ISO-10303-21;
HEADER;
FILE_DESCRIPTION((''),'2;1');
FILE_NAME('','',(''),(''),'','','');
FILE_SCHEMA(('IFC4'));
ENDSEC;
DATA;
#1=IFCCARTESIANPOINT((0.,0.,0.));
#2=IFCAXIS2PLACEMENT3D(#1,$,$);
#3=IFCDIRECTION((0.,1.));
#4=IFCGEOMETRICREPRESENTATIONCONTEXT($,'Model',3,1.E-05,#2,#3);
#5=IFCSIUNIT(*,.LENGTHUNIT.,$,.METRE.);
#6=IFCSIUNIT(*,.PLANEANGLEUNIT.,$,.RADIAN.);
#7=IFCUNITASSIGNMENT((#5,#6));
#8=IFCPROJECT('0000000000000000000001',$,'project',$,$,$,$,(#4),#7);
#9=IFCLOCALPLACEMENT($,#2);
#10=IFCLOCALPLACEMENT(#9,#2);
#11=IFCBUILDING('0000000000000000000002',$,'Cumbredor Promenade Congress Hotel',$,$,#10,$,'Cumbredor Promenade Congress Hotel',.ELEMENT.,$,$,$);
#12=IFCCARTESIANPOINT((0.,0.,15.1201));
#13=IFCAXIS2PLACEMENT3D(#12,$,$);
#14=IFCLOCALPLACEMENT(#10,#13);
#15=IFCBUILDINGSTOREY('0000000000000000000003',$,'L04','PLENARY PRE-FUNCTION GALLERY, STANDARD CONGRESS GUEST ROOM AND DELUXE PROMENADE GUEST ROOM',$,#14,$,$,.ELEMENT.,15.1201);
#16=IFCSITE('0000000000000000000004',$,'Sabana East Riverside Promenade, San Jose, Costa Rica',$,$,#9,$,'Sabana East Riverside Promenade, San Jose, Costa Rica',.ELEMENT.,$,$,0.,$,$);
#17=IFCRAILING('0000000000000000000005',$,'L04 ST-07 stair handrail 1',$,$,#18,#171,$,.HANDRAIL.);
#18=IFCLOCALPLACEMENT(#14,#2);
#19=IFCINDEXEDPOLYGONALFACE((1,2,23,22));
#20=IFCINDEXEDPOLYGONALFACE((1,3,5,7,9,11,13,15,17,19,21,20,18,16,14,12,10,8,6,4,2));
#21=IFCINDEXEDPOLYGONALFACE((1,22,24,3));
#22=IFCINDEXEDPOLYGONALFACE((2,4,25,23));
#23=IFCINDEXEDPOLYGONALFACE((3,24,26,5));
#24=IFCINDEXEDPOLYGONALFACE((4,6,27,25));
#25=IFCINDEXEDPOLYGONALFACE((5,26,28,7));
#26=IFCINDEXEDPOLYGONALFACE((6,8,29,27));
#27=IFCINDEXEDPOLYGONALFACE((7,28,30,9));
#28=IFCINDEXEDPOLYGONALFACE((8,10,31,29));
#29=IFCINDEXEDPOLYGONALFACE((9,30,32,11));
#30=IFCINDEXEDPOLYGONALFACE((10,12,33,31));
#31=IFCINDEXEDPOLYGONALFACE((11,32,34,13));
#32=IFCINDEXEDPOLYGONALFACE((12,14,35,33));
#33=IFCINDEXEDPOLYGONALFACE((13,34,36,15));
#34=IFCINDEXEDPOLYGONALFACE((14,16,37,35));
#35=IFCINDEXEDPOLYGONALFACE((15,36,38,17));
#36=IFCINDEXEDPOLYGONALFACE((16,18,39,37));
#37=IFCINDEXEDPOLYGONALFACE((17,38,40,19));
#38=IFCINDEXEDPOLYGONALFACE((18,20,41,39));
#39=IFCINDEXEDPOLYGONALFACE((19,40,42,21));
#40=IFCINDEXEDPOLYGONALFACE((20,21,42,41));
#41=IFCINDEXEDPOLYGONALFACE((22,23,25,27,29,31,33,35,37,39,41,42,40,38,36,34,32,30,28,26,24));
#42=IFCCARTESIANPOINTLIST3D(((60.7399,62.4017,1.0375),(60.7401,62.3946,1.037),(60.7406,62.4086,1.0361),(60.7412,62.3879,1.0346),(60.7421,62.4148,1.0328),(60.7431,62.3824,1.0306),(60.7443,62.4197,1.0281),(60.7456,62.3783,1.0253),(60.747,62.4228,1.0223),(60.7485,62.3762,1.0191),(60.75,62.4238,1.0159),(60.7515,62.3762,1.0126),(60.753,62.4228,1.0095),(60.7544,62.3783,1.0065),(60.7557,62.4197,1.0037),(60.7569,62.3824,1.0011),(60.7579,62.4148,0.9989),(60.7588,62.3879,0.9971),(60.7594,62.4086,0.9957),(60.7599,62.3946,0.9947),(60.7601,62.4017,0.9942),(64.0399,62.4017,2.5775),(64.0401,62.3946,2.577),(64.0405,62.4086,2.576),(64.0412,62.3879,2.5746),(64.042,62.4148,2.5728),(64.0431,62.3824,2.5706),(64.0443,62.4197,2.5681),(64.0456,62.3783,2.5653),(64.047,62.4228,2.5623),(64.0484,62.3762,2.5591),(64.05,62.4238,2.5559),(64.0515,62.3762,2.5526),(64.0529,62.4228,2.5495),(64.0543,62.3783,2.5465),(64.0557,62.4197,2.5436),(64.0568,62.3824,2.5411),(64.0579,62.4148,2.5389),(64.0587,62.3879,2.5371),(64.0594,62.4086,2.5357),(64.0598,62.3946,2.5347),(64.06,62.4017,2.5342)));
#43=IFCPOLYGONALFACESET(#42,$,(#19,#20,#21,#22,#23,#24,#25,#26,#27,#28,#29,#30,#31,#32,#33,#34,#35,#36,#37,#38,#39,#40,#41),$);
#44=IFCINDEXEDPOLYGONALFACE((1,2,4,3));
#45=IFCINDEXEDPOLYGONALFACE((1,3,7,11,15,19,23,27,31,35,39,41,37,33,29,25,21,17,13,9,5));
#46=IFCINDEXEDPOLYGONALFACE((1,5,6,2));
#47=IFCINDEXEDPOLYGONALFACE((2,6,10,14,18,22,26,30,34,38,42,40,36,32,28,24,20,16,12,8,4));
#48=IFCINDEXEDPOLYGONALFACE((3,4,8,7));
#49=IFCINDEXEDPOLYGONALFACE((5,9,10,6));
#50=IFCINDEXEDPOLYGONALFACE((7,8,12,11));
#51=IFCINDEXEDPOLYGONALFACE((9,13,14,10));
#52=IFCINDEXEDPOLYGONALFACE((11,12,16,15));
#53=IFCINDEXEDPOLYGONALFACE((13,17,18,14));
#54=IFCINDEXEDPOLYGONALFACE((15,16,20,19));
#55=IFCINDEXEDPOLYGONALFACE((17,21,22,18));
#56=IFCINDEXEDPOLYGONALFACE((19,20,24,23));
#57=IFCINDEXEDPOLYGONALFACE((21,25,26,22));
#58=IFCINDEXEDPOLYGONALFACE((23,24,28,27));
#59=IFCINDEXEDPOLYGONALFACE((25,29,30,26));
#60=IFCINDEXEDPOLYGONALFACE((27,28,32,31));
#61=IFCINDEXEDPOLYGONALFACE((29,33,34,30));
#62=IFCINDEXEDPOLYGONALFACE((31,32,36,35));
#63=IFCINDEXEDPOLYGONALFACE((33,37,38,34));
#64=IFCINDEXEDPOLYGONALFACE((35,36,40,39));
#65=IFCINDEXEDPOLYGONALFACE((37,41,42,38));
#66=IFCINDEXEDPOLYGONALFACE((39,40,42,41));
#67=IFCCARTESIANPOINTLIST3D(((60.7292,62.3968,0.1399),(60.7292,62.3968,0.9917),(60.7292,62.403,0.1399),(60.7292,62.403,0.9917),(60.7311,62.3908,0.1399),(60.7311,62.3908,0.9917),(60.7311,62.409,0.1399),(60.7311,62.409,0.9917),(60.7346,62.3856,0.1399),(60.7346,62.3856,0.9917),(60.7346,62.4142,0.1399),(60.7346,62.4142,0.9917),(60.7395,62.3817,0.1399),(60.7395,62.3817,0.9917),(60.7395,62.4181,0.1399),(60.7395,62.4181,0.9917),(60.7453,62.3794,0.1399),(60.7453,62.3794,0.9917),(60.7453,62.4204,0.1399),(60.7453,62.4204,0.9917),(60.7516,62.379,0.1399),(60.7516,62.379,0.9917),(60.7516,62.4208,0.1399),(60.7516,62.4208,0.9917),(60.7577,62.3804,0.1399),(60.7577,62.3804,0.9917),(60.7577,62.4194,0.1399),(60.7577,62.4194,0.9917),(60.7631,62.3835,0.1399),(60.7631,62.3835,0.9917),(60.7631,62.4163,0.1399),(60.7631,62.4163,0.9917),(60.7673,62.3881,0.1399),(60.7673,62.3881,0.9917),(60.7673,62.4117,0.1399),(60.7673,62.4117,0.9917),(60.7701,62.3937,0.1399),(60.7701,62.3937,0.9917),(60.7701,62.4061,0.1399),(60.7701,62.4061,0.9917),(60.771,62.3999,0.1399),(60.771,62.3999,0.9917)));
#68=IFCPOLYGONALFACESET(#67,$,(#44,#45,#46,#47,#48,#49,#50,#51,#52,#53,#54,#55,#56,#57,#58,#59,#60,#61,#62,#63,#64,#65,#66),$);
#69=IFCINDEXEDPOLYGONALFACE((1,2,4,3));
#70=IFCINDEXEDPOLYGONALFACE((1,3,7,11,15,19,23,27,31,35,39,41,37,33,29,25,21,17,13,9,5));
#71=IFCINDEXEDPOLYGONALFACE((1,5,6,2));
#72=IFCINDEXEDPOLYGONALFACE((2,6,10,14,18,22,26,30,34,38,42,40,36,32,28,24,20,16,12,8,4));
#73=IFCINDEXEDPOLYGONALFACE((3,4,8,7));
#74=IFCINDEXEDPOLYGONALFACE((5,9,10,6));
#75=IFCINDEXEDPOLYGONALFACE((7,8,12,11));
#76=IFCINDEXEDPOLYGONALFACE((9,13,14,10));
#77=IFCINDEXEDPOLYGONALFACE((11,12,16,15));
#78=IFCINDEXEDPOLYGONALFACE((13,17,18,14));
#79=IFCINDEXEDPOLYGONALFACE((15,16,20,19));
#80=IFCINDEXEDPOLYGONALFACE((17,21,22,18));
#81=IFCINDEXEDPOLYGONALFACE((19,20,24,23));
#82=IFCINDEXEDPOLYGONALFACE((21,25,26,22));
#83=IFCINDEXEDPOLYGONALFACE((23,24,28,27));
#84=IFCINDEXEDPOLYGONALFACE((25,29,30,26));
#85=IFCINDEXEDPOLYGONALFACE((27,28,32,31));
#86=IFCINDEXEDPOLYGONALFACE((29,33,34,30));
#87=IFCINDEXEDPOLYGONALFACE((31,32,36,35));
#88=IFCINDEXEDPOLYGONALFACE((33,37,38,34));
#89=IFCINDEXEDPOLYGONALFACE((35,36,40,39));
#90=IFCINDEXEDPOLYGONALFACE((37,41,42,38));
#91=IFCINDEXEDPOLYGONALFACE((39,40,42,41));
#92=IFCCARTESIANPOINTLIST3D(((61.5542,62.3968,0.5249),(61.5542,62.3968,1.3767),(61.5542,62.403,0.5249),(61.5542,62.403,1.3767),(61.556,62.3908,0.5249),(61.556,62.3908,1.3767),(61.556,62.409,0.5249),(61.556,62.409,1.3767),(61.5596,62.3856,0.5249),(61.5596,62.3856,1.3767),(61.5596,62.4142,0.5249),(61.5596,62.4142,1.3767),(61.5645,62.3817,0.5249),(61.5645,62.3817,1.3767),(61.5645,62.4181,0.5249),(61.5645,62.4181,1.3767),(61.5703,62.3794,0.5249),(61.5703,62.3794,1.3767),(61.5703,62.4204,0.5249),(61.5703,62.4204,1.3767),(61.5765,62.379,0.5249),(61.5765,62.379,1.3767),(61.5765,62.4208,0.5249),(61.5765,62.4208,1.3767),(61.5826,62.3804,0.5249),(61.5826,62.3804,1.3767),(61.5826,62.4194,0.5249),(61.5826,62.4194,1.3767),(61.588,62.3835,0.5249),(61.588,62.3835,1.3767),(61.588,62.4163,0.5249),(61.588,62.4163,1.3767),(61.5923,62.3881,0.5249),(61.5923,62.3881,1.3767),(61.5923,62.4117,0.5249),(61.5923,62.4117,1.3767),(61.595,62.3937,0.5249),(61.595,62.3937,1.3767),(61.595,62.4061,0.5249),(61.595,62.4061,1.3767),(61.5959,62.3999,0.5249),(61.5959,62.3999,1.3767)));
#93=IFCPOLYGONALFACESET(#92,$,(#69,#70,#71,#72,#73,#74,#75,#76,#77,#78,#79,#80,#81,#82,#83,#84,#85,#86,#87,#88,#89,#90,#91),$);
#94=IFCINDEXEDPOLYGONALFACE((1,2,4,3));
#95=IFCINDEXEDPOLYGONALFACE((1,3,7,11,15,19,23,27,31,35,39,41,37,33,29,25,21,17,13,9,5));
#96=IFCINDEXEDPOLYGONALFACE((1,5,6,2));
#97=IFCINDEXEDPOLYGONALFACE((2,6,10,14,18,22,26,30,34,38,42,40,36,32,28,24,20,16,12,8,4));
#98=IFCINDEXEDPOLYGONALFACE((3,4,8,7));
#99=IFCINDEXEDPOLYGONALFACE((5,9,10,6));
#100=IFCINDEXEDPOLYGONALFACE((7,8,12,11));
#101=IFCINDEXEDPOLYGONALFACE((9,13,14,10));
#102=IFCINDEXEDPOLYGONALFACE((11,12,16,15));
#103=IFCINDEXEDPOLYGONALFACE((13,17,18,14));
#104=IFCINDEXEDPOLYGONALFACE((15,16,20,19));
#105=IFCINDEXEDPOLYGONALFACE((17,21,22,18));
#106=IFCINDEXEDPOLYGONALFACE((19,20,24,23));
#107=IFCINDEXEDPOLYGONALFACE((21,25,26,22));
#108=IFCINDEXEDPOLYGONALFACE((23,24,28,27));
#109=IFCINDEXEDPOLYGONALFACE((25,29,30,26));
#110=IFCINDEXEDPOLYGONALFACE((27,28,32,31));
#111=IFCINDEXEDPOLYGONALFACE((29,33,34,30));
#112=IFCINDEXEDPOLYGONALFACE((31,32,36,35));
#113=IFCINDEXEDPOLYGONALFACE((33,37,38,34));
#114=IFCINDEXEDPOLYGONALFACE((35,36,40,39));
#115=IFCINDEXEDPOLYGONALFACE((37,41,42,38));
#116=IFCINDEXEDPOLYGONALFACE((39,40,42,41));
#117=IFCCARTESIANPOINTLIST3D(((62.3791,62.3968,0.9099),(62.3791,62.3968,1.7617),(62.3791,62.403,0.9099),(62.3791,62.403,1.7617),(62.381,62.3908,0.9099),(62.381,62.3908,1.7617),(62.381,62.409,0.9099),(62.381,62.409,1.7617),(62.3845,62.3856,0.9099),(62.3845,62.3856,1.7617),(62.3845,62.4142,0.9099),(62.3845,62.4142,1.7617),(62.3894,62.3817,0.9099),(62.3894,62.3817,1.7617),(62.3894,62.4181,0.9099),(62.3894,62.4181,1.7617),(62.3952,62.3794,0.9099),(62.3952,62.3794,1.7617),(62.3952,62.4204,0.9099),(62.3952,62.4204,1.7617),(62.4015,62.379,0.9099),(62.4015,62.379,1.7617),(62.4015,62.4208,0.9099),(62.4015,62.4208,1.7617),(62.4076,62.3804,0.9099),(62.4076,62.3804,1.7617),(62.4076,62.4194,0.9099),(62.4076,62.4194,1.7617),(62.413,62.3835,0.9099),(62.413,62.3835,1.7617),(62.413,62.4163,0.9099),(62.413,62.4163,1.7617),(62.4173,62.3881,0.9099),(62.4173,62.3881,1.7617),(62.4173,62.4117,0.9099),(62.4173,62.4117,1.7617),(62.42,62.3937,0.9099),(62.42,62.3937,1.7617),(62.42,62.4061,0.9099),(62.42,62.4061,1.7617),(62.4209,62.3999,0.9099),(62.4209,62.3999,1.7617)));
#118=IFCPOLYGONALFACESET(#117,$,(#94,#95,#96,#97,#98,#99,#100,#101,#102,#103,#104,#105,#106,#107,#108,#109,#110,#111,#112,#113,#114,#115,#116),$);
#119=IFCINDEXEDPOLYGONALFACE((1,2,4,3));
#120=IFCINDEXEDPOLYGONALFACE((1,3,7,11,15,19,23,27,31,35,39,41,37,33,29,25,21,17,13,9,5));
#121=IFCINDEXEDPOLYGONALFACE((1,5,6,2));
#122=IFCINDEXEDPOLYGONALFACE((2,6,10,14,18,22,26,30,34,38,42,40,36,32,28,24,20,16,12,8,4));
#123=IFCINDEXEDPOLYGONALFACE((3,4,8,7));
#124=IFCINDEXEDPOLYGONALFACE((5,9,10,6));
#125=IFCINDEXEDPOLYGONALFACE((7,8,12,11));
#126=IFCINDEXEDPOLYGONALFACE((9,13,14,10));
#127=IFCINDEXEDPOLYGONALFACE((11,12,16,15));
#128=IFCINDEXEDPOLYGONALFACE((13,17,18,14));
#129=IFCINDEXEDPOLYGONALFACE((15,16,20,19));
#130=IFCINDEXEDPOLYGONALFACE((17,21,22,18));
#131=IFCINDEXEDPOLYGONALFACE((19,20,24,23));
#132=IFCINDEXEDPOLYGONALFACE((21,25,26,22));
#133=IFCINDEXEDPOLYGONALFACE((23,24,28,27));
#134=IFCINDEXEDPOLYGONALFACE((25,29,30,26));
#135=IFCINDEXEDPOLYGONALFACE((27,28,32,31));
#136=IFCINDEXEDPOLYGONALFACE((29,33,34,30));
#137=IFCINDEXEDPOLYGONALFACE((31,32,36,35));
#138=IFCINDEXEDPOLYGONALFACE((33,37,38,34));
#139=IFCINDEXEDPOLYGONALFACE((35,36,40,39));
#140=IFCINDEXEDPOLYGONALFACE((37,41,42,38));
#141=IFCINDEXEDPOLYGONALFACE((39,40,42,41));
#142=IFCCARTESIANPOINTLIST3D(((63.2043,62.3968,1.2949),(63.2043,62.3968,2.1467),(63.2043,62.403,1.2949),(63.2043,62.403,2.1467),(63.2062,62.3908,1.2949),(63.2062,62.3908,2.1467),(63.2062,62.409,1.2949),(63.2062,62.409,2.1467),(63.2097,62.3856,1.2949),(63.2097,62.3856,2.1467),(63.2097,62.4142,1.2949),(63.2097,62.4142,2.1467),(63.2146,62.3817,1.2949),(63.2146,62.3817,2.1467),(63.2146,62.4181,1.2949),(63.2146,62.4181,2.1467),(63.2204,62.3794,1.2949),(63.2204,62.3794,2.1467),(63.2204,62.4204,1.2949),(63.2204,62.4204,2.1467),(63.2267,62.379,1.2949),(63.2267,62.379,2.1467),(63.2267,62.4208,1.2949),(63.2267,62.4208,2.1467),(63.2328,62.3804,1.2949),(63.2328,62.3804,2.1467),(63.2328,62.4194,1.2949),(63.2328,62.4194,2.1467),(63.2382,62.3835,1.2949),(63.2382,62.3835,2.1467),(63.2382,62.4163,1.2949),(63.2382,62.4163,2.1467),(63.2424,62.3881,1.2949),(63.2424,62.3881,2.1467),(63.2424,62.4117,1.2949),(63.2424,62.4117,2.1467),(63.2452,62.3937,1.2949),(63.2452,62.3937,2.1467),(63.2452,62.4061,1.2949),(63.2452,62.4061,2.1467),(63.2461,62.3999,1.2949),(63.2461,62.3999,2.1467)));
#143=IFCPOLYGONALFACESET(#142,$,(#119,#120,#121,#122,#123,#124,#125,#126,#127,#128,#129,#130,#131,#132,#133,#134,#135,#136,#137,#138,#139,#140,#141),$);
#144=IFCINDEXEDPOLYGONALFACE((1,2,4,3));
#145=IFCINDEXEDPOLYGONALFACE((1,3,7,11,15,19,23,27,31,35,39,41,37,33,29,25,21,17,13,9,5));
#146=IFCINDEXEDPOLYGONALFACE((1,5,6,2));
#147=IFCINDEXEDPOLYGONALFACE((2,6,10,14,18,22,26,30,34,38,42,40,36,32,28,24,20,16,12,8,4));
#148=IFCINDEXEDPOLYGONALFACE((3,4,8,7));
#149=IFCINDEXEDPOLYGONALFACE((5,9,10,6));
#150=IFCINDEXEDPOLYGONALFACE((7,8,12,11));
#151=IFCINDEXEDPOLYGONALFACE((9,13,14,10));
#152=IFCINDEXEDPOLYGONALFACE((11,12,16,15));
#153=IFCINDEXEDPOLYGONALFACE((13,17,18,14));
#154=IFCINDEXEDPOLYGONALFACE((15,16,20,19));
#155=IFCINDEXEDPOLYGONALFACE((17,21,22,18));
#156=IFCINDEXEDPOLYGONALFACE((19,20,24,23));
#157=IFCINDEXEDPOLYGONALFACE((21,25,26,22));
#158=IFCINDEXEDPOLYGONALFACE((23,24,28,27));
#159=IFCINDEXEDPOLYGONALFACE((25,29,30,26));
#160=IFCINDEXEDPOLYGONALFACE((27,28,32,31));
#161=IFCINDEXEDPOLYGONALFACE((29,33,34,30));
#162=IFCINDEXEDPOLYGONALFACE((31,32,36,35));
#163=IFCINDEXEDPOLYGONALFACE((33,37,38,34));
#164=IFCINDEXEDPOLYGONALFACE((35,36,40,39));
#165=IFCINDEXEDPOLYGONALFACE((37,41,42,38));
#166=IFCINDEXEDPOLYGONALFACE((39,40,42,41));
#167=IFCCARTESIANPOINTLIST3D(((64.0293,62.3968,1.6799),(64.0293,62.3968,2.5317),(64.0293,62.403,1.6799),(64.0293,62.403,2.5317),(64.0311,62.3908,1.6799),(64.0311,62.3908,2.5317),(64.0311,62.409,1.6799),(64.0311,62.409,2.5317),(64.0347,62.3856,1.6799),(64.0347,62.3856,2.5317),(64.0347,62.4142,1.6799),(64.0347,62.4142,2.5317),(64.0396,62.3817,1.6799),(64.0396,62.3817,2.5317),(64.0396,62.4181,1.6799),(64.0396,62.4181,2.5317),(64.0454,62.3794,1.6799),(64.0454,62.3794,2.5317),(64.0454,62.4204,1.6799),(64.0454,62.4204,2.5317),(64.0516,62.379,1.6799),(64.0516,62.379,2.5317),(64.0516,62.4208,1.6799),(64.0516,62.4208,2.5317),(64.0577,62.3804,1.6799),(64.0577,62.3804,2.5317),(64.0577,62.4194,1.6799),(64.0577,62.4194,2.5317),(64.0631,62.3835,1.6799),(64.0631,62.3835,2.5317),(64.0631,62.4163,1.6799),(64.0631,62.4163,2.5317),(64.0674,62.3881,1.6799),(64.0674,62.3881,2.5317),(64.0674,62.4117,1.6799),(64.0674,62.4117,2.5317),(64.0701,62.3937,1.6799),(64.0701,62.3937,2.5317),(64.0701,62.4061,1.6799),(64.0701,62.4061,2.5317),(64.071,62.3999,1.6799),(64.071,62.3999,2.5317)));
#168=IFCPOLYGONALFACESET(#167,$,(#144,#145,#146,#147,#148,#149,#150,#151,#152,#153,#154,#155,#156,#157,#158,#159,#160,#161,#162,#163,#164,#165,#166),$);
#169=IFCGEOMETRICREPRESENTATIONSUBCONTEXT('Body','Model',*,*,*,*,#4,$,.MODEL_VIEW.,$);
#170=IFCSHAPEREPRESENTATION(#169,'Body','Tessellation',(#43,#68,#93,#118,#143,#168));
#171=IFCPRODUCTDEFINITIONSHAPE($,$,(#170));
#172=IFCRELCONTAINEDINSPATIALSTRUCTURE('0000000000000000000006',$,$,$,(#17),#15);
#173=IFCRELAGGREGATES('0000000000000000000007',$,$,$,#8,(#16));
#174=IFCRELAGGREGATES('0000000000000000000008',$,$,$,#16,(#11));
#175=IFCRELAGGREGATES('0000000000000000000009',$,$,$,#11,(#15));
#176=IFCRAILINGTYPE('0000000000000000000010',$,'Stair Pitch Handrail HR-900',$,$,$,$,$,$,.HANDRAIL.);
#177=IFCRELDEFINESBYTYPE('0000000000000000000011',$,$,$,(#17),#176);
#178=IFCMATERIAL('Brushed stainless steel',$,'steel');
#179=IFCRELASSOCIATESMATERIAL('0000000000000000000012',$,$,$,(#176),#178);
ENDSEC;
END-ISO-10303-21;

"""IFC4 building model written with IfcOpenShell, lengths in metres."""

from ifc_helpers import new_model, si_unit, direction, frame, origin, origin_2d, place, context, subcontext, project, spatial, circle, extrude, material, type_object, element, save


model = new_model("IFC4")

# Units and contexts
model_context = context("Model", 3, precision=1e-05, world=origin(), true_north=direction((0.0, 1.0)))
body_context = subcontext(model_context, "Body", "Model", "MODEL_VIEW")
ifc_project = project(units=[si_unit("LENGTHUNIT", "METRE"), si_unit("PLANEANGLEUNIT", "RADIAN")], contexts=[model_context])

# Site, building, storey
site_placement = place(None, origin())
site = spatial("IfcSite", under=ifc_project, at=site_placement, Name="Sabana East Riverside Promenade, San Jose, Costa Rica", LongName="Sabana East Riverside Promenade, San Jose, Costa Rica", CompositionType="ELEMENT", RefElevation=0.0)
building_placement = place(site_placement, origin())
building = spatial("IfcBuilding", under=site, at=building_placement, Name="Cumbredor Promenade Congress Hotel", LongName="Cumbredor Promenade Congress Hotel", CompositionType="ELEMENT")
storey_placement = place(building_placement, frame((0.0, 0.0, 15.1201)))
storey = spatial("IfcBuildingStorey", under=building, at=storey_placement, Name="L04", Description="PLENARY PRE-FUNCTION GALLERY, STANDARD CONGRESS GUEST ROOM AND DELUXE PROMENADE GUEST ROOM", CompositionType="ELEMENT", Elevation=15.1201)

# Railing
ifc_material_1 = material(Name="Brushed stainless steel", Category="steel")
railing_type_1 = type_object("IfcRailingType", Name="Stair Pitch Handrail HR-900", PredefinedType="HANDRAIL", material=ifc_material_1)
railing_1_placement = place(storey_placement, frame((60.75, 62.3999, 0.1399)))
element("IfcRailing", 1, at=railing_1_placement, inside=storey, type_object=railing_type_1, Name="L04 ST-07 stair handrail 1", PredefinedType="HANDRAIL", context=body_context, shape_type="SweptSolid", body=[
    extrude(circle(Radius=0.0239, at=origin_2d()), frame((0.0, 0.0, 0.876), z_axis=(0.906181, 0.0, 0.422889), x_axis=(0.0, 1.0, 0.0)), (0.0, 0.0, 1.0), 3.6416),
    extrude(circle(Radius=0.021, at=origin_2d()), origin(), (0.0, 0.0, 1.0), 0.8518),
    extrude(circle(Radius=0.021, at=origin_2d()), frame((0.825, 0.0, 0.385)), (0.0, 0.0, 1.0), 0.8518),
    extrude(circle(Radius=0.021, at=origin_2d()), frame((1.6499, 0.0, 0.77)), (0.0, 0.0, 1.0), 0.8518),
    extrude(circle(Radius=0.021, at=origin_2d()), frame((2.4751, 0.0, 1.155)), (0.0, 0.0, 1.0), 0.8518),
    extrude(circle(Radius=0.021, at=origin_2d()), frame((3.3, 0.0, 1.54)), (0.0, 0.0, 1.0), 0.8518),
])

save(model, "model.ifc")
